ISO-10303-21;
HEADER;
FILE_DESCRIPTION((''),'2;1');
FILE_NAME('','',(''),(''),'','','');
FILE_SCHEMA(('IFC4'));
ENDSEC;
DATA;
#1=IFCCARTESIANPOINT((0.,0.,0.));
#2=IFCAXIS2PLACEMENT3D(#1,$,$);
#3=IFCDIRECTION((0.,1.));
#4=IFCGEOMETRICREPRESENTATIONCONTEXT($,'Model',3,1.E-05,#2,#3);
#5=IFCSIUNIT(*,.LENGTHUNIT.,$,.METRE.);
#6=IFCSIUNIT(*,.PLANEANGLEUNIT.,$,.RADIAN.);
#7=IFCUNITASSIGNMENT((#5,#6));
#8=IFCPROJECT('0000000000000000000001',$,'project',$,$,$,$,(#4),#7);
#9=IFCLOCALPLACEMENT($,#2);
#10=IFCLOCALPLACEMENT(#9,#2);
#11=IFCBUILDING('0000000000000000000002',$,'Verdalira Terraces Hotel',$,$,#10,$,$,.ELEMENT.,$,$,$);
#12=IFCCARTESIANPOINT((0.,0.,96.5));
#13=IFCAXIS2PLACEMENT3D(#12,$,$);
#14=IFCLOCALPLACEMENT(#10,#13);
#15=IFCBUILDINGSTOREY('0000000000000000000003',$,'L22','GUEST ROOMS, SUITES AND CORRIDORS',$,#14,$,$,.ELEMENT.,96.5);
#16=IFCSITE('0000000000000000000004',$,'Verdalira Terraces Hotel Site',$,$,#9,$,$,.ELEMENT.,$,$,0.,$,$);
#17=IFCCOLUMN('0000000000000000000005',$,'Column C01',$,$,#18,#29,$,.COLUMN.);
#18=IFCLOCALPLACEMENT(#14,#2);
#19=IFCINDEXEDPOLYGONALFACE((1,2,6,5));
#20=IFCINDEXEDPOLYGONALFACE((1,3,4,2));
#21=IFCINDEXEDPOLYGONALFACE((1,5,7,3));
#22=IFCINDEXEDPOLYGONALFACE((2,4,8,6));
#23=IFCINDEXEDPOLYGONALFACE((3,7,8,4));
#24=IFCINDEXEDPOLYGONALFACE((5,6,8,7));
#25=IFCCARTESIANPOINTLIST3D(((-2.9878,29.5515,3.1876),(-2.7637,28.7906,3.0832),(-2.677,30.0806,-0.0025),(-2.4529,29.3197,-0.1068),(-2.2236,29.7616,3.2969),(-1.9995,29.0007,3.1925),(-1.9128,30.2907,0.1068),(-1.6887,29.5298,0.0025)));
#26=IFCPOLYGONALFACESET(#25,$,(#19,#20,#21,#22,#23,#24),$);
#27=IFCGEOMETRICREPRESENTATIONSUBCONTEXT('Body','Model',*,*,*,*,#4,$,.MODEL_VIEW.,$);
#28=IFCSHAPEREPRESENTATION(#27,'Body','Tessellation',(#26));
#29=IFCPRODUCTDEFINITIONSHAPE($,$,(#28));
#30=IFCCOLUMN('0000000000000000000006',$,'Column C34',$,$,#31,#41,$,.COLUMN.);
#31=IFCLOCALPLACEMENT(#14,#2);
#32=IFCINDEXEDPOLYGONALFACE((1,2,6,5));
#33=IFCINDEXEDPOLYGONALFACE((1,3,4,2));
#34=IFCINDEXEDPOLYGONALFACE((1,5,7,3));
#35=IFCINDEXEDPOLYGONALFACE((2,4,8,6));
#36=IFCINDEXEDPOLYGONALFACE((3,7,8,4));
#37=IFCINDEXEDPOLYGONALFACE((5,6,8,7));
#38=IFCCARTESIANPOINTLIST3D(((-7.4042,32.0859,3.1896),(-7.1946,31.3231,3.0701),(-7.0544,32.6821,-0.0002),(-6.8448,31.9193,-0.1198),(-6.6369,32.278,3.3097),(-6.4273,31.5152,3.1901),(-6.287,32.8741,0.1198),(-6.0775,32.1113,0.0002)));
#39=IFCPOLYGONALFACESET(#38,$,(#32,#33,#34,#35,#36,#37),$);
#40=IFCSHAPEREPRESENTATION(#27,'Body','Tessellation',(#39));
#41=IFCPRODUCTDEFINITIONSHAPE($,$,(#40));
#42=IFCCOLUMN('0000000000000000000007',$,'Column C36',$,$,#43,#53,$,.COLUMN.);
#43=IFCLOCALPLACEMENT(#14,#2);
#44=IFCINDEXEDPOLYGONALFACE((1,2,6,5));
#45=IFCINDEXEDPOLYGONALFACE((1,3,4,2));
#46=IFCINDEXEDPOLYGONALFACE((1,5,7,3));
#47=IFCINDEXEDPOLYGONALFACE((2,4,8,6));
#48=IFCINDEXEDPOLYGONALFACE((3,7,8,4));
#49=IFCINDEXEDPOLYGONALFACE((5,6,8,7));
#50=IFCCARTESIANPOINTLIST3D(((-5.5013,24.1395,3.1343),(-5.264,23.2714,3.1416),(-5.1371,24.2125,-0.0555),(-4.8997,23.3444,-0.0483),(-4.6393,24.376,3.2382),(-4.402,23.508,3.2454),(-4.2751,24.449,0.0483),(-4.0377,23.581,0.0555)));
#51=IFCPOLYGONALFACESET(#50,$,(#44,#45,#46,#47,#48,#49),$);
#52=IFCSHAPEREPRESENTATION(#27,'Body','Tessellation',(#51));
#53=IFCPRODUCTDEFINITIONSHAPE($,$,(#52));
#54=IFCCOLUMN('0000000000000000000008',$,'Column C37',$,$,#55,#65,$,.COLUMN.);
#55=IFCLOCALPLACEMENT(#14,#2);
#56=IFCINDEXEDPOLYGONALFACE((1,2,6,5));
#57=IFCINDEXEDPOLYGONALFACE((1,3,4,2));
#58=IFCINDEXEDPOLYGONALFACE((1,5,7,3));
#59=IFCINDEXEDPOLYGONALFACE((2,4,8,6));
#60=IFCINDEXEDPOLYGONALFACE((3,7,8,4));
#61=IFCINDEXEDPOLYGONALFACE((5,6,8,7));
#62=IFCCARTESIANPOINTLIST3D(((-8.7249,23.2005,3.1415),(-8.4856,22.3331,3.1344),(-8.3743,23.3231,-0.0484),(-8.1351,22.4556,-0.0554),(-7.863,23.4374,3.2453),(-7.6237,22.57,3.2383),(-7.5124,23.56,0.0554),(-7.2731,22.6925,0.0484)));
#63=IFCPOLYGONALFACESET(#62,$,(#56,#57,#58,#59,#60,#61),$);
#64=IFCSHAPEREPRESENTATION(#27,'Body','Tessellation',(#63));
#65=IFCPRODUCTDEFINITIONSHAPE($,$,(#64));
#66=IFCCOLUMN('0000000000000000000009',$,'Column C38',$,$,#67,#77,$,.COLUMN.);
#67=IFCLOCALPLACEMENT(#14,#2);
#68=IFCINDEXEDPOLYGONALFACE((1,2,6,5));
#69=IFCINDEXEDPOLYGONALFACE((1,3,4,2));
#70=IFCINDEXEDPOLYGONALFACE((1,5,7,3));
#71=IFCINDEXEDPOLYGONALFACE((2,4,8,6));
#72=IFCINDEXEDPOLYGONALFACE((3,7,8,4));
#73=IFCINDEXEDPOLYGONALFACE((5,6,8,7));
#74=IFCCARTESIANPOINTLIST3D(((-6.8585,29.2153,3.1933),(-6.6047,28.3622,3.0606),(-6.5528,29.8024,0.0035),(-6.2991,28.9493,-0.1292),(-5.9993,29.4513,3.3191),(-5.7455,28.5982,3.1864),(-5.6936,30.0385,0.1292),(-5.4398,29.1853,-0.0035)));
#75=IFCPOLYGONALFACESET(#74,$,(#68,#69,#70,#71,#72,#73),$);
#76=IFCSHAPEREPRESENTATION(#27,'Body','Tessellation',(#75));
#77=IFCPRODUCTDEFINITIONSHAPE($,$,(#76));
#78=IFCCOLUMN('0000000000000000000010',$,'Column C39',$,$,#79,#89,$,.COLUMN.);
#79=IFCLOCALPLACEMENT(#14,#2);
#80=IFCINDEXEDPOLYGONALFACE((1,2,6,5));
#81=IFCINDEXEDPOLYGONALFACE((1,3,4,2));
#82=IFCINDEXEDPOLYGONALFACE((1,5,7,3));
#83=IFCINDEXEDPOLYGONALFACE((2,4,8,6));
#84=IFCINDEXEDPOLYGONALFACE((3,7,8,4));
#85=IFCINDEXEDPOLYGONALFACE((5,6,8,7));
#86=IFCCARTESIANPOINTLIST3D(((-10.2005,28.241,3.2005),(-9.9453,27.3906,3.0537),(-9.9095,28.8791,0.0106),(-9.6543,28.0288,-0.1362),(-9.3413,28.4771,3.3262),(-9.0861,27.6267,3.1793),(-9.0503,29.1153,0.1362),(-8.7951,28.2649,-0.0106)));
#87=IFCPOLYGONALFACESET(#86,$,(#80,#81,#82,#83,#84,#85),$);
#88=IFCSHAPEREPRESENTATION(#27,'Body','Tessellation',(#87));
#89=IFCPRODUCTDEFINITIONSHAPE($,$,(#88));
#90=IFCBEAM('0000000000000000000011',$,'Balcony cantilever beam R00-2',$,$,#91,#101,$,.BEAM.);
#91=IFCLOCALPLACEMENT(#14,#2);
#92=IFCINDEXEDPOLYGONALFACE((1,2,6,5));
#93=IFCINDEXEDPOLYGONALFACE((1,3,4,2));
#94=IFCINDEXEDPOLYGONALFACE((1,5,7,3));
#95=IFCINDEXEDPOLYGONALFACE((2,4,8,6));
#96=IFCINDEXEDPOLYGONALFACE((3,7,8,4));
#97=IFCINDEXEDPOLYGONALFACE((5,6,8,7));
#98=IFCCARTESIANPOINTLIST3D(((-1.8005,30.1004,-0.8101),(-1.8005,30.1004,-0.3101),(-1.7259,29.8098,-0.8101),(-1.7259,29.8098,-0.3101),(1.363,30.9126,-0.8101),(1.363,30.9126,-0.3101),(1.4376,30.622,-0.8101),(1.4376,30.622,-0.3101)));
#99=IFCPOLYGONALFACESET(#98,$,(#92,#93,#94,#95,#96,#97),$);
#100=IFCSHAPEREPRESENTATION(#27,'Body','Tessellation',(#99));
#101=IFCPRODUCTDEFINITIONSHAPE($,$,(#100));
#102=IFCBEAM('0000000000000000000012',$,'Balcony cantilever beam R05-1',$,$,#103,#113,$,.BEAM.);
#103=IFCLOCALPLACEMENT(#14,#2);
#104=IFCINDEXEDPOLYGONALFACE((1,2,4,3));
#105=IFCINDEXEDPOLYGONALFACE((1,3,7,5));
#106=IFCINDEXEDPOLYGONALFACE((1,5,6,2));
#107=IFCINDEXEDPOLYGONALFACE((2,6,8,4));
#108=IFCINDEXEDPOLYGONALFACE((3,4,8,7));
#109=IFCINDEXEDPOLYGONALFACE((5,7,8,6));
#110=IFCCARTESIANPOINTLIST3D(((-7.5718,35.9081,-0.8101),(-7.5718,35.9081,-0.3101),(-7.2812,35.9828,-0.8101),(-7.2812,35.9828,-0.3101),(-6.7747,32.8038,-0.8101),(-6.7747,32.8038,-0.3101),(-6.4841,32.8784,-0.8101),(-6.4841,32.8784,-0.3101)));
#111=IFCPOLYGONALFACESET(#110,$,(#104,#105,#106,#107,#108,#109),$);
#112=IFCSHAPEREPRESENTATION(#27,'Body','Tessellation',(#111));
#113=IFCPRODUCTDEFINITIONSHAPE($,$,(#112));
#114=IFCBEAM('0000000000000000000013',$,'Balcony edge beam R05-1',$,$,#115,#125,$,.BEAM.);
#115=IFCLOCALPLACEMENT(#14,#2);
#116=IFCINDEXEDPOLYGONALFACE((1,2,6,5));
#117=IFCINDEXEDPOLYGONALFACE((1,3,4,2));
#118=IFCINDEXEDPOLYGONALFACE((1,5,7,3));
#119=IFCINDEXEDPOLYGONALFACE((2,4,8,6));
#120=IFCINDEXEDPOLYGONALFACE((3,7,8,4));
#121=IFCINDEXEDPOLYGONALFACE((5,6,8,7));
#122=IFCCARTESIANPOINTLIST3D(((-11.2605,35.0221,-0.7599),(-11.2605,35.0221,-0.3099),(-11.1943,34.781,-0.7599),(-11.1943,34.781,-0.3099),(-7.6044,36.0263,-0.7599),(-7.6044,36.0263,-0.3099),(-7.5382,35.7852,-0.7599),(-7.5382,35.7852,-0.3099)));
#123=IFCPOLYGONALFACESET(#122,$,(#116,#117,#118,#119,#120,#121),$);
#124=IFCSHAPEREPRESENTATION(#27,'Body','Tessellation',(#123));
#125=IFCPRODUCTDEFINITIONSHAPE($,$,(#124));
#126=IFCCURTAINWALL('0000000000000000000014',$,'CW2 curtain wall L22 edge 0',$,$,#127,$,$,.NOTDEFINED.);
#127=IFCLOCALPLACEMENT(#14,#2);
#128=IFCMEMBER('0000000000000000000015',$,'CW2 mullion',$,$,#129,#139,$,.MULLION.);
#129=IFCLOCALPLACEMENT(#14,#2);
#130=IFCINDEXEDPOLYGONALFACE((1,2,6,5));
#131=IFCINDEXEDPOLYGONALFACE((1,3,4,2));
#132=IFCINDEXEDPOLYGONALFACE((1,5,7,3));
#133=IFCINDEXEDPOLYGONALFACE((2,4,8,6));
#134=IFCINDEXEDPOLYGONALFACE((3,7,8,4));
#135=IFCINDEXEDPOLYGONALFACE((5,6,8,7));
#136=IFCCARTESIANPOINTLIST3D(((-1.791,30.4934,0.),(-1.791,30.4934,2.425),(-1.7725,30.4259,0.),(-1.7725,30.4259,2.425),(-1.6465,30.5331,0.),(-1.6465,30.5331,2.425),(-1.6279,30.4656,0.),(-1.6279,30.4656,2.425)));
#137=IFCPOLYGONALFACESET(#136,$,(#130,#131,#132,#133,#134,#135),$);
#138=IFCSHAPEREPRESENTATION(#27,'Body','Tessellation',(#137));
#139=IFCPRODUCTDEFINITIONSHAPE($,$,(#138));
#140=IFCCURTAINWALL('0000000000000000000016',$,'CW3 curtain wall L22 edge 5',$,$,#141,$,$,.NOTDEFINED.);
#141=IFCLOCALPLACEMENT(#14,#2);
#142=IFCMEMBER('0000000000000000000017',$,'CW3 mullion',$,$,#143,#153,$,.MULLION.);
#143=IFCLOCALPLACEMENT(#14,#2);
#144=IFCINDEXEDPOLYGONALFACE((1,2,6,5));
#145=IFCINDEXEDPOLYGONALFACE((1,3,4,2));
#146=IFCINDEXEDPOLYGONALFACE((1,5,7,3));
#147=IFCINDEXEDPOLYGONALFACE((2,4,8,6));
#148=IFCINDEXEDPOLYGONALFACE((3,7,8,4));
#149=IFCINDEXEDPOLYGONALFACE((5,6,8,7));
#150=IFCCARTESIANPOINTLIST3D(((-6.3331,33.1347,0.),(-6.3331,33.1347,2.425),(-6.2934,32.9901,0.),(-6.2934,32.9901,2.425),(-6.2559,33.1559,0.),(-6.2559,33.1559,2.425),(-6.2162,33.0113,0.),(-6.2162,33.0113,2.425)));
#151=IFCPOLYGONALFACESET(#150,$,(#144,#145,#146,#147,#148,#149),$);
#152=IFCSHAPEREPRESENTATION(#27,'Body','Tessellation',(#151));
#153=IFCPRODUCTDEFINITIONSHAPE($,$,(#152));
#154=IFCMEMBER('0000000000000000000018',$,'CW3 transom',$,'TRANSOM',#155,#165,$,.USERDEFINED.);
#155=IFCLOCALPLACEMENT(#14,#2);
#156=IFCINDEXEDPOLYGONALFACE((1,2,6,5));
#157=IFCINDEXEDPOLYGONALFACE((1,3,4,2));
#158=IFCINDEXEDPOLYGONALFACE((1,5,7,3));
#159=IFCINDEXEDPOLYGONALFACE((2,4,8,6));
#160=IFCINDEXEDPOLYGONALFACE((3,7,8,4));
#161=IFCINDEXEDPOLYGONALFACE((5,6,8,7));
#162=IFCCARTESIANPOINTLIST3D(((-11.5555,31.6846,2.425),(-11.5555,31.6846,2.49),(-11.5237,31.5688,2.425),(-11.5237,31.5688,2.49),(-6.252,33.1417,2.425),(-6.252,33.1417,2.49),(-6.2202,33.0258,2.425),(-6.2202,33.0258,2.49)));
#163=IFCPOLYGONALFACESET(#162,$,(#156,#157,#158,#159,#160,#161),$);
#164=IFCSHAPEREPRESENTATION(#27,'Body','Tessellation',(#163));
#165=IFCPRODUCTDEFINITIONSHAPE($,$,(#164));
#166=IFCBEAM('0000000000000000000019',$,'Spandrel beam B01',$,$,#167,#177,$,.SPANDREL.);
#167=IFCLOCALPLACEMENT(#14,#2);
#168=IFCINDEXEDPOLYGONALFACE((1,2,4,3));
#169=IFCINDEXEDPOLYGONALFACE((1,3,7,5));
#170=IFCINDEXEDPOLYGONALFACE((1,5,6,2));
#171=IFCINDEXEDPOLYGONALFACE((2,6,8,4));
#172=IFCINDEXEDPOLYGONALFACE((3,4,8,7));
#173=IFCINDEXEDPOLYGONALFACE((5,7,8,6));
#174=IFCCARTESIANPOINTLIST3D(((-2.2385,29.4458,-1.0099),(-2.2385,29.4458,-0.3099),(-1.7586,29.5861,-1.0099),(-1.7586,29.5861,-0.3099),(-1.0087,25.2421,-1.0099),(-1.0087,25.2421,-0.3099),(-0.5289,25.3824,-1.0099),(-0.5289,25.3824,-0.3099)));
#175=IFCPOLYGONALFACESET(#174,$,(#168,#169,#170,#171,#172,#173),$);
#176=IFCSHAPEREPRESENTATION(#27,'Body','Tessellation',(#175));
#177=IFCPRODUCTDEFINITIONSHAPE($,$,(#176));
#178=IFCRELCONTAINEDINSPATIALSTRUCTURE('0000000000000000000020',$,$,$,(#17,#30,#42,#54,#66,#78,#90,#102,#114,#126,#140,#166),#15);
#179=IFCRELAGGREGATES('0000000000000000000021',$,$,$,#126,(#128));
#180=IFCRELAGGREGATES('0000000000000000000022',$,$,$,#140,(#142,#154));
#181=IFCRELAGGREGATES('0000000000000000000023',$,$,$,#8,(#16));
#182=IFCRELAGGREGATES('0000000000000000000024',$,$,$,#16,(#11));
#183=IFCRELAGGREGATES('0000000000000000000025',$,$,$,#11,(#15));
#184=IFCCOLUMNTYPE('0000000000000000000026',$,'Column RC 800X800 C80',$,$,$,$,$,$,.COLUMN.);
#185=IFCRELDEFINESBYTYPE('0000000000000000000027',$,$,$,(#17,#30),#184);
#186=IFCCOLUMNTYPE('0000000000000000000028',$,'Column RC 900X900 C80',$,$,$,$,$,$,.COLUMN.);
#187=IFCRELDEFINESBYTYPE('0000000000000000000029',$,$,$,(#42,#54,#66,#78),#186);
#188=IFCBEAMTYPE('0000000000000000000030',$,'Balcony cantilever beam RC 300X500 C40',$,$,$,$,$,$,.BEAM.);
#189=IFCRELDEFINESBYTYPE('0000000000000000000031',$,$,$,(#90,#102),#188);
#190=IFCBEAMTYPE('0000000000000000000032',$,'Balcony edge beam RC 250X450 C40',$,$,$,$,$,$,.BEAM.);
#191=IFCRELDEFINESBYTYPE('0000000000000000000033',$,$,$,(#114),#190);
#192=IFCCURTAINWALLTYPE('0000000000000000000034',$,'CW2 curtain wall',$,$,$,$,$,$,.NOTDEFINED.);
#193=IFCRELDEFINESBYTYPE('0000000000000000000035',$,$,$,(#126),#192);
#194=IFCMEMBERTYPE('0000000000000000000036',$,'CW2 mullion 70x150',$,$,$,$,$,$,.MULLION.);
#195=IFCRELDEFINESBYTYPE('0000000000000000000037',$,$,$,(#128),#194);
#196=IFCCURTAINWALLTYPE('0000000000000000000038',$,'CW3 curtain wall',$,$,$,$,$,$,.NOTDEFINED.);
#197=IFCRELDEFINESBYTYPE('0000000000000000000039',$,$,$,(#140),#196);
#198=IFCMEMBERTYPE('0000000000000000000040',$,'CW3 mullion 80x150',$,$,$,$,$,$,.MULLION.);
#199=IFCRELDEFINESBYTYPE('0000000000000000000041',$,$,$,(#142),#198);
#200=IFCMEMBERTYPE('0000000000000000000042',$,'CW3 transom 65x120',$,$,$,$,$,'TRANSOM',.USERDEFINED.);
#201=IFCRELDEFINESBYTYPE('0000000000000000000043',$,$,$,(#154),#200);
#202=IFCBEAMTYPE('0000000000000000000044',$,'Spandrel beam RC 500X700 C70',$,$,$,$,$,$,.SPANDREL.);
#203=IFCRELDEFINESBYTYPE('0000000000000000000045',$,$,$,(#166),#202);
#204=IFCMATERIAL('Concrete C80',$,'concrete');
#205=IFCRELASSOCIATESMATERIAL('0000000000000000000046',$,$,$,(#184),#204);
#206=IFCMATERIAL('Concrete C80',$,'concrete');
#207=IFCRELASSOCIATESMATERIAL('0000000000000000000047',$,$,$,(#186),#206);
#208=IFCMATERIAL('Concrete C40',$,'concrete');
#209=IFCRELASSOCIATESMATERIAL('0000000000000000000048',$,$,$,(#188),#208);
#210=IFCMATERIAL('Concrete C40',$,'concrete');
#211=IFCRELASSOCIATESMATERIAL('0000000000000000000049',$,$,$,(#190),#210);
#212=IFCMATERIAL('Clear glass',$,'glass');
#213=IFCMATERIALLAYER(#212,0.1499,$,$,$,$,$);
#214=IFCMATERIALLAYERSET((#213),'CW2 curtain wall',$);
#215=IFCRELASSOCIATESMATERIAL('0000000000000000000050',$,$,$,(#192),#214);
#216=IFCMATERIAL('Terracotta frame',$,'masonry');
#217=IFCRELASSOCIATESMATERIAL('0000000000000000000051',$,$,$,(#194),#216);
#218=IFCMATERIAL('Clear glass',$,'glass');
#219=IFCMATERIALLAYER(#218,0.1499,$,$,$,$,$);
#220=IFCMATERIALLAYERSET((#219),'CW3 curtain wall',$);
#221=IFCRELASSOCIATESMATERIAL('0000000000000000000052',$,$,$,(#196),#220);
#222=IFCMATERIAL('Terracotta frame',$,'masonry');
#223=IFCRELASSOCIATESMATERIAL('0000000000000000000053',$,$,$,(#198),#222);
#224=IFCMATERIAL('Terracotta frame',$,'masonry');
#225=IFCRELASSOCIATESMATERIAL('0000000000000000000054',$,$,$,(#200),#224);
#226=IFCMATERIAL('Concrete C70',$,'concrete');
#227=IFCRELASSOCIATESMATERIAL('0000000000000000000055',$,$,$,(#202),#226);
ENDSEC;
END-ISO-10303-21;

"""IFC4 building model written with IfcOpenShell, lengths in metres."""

from ifc_helpers import new_model, si_unit, direction, frame, origin, origin_2d, place, context, subcontext, project, spatial, rectangle, extrude, material, layer, layer_set, material_profile, profile_set, type_object, element, aggregate, save


model = new_model("IFC4")

# Units and contexts
model_context = context("Model", 3, precision=1e-05, world=origin(), true_north=direction((0.0, 1.0)))
body_context = subcontext(model_context, "Body", "Model", "MODEL_VIEW")
ifc_project = project(units=[si_unit("LENGTHUNIT", "METRE"), si_unit("PLANEANGLEUNIT", "RADIAN")], contexts=[model_context])

# Site, building, storey
site_placement = place(None, origin())
site = spatial("IfcSite", under=ifc_project, at=site_placement, Name="Verdalira Terraces Hotel Site", CompositionType="ELEMENT", RefElevation=0.0)
building_placement = place(site_placement, origin())
building = spatial("IfcBuilding", under=site, at=building_placement, Name="Verdalira Terraces Hotel", CompositionType="ELEMENT")
storey_placement = place(building_placement, frame((0.0, 0.0, 96.5)))
storey = spatial("IfcBuildingStorey", under=building, at=storey_placement, Name="L22", Description="GUEST ROOMS, SUITES AND CORRIDORS", CompositionType="ELEMENT", Elevation=96.5)

# Columns
ifc_material_1 = material(Name="Concrete C80", Category="concrete")
ifc_material_profile_1 = material_profile(ifc_material_1, rectangle(XDim=0.8, YDim=0.8, at=origin_2d()), Name="RC 800X800")
ifc_profile_set_1 = profile_set([ifc_material_profile_1], Name="Concrete C80")
column_type_1 = type_object("IfcColumnType", Name="Column RC 800X800 C80", PredefinedType="COLUMN", material=ifc_profile_set_1)
column_1_placement = place(storey_placement, frame((-2.1829, 29.8052, 0.0), z_axis=(-0.095675, -0.162865, 0.981999), x_axis=(-0.280143, 0.951055, 0.130439)))
element("IfcColumn", 1, at=column_1_placement, inside=storey, type_object=column_type_1, Name="Column C01", PredefinedType="COLUMN", context=body_context, shape_type="SweptSolid", body=[
    extrude(rectangle(XDim=0.8, YDim=0.8, at=origin_2d()), origin(), (0.0, 0.0, 1.0), 3.2485),
])
column_2_placement = place(storey_placement, frame((-6.5659, 32.3967, 0.0), z_axis=(-0.107186, -0.182658, 0.977316), x_axis=(-0.959108, -0.239998, -0.150044)))
element("IfcColumn", 2, at=column_2_placement, inside=storey, type_object=column_type_1, Name="Column C34", PredefinedType="COLUMN", context=body_context, shape_type="SweptSolid", body=[
    extrude(rectangle(XDim=0.8, YDim=0.8, at=origin_2d()), origin(), (0.0, 0.0, 1.0), 3.2639),
])
ifc_material_2 = material(Name="Concrete C80", Category="concrete")
ifc_material_profile_2 = material_profile(ifc_material_2, rectangle(XDim=0.8999, YDim=0.8999, at=origin_2d()), Name="RC 900X900")
ifc_profile_set_2 = profile_set([ifc_material_profile_2], Name="Concrete C80")
column_type_2 = type_object("IfcColumnType", Name="Column RC 900X900 C80", PredefinedType="COLUMN", material=ifc_profile_set_2)
for number, where, z_axis, x_axis, name in (
    (3, (-4.5874, 23.8967, 0.0), (-0.113423, -0.02273, 0.993287), (-0.263732, 0.964563, -0.008043), "Column C36"),
    (4, (-7.8237, 23.0078, 0.0), (-0.109166, -0.038163, 0.993291), (-0.265885, 0.963973, 0.007814), "Column C37"),
):
    element("IfcColumn", number, at=place(storey_placement, frame(where, z_axis=z_axis, x_axis=x_axis)), inside=storey, type_object=column_type_2, Name=name, PredefinedType="COLUMN", context=body_context, shape_type="SweptSolid", body=[
        extrude(rectangle(XDim=0.8999, YDim=0.8999, at=origin_2d()), origin(), (0.0, 0.0, 1.0), 3.2114),
    ])
column_3_placement = place(storey_placement, frame((-5.9963, 29.4939, 0.0), z_axis=(-0.093822, -0.180226, 0.97914), x_axis=(-0.281995, 0.948014, 0.147476)))
element("IfcColumn", 5, at=column_3_placement, inside=storey, type_object=column_type_2, Name="Column C38", PredefinedType="COLUMN", context=body_context, shape_type="SweptSolid", body=[
    extrude(rectangle(XDim=0.8999, YDim=0.8999, at=origin_2d()), origin(), (0.0, 0.0, 1.0), 3.2578),
])
column_4_placement = place(storey_placement, frame((-9.3523, 28.572, 0.0), z_axis=(-0.089101, -0.195394, 0.976669), x_axis=(-0.283555, 0.94497, 0.163183)))
element("IfcColumn", 6, at=column_4_placement, inside=storey, type_object=column_type_2, Name="Column C39", PredefinedType="COLUMN", context=body_context, shape_type="SweptSolid", body=[
    extrude(rectangle(XDim=0.8999, YDim=0.8999, at=origin_2d()), origin(), (0.0, 0.0, 1.0), 3.2661),
])

# Beams
ifc_material_3 = material(Name="Concrete C40", Category="concrete")
ifc_material_profile_3 = material_profile(ifc_material_3, rectangle(XDim=0.3, YDim=0.5, at=origin_2d()), Name="RC 300X500")
ifc_profile_set_3 = profile_set([ifc_material_profile_3], Name="Concrete C40")
beam_type_1 = type_object("IfcBeamType", Name="Balcony cantilever beam RC 300X500 C40", PredefinedType="BEAM", material=ifc_profile_set_3)
beam_1_placement = place(storey_placement, frame((-1.7632, 29.9551, -0.5601), z_axis=(0.968584, 0.248686, 0.0), x_axis=(-0.248686, 0.968584, 0.0)))
element("IfcBeam", 7, at=beam_1_placement, inside=storey, type_object=beam_type_1, Name="Balcony cantilever beam R00-2", PredefinedType="BEAM", context=body_context, shape_type="SweptSolid", body=[
    extrude(rectangle(XDim=0.3, YDim=0.5, at=origin_2d()), origin(), (0.0, 0.0, 1.0), 3.2661),
])
beam_2_placement = place(storey_placement, frame((-6.6294, 32.8411, -0.5601), z_axis=(-0.248696, 0.968582, 0.0), x_axis=(-0.968582, -0.248696, 0.0)))
element("IfcBeam", 8, at=beam_2_placement, inside=storey, type_object=beam_type_1, Name="Balcony cantilever beam R05-1", PredefinedType="BEAM", context=body_context, shape_type="SweptSolid", body=[
    extrude(rectangle(XDim=0.3, YDim=0.5, at=origin_2d()), origin(), (0.0, 0.0, 1.0), 3.2051),
])
ifc_material_4 = material(Name="Concrete C40", Category="concrete")
ifc_material_profile_4 = material_profile(ifc_material_4, rectangle(XDim=0.25, YDim=0.45, at=origin_2d()), Name="RC 250X450")
ifc_profile_set_4 = profile_set([ifc_material_profile_4], Name="Concrete C40")
beam_type_2 = type_object("IfcBeamType", Name="Balcony edge beam RC 250X450 C40", PredefinedType="BEAM", material=ifc_profile_set_4)
beam_3_placement = place(storey_placement, frame((-7.5713, 35.9058, -0.5349), z_axis=(-0.96429, -0.26485, 0.0), x_axis=(0.26485, -0.96429, 0.0)))
element("IfcBeam", 9, at=beam_3_placement, inside=storey, type_object=beam_type_2, Name="Balcony edge beam R05-1", PredefinedType="BEAM", context=body_context, shape_type="SweptSolid", body=[
    extrude(rectangle(XDim=0.25, YDim=0.45, at=origin_2d()), origin(), (0.0, 0.0, 1.0), 3.7915),
])

# Curtain wall, member
ifc_material_5 = material(Name="Clear glass", Category="glass")
ifc_layer_1 = layer(ifc_material_5, 0.1499)
ifc_layer_set_1 = layer_set([ifc_layer_1], Name="CW2 curtain wall")
curtain_wall_type_1 = type_object("IfcCurtainWallType", Name="CW2 curtain wall", PredefinedType="NOTDEFINED", material=ifc_layer_set_1)
curtain_wall_1_placement = place(storey_placement, origin())
curtain_wall_1 = element("IfcCurtainWall", 10, at=curtain_wall_1_placement, inside=storey, type_object=curtain_wall_type_1, Name="CW2 curtain wall L22 edge 0", PredefinedType="NOTDEFINED")
ifc_material_6 = material(Name="Terracotta frame", Category="masonry")
ifc_material_profile_5 = material_profile(ifc_material_6, rectangle(XDim=0.0701, YDim=0.1499, at=origin_2d()), Name="MU 70x150")
ifc_profile_set_5 = profile_set([ifc_material_profile_5], Name="Terracotta frame")
member_type_1 = type_object("IfcMemberType", Name="CW2 mullion 70x150", PredefinedType="MULLION", material=ifc_profile_set_5)
member_1_placement = place(storey_placement, frame((-1.7095, 30.4795, 0.0), z_axis=(0.0, 0.0, 1.0), x_axis=(-0.264883, 0.964281, 0.0)))
member_1 = element("IfcMember", 11, at=member_1_placement, type_object=member_type_1, Name="CW2 mullion", PredefinedType="MULLION", context=body_context, shape_type="SweptSolid", body=[
    extrude(rectangle(XDim=0.0701, YDim=0.1499, at=origin_2d()), origin(), (0.0, 0.0, 1.0), 2.425),
])

# Curtain wall, members
ifc_material_7 = material(Name="Clear glass", Category="glass")
ifc_layer_2 = layer(ifc_material_7, 0.1499)
ifc_layer_set_2 = layer_set([ifc_layer_2], Name="CW3 curtain wall")
curtain_wall_type_2 = type_object("IfcCurtainWallType", Name="CW3 curtain wall", PredefinedType="NOTDEFINED", material=ifc_layer_set_2)
curtain_wall_2_placement = place(storey_placement, origin())
curtain_wall_2 = element("IfcCurtainWall", 12, at=curtain_wall_2_placement, inside=storey, type_object=curtain_wall_type_2, Name="CW3 curtain wall L22 edge 5", PredefinedType="NOTDEFINED")
ifc_material_8 = material(Name="Terracotta frame", Category="masonry")
ifc_material_profile_6 = material_profile(ifc_material_8, rectangle(XDim=0.0801, YDim=0.1499, at=origin_2d()), Name="MU 80x150")
ifc_profile_set_6 = profile_set([ifc_material_profile_6], Name="Terracotta frame")
member_type_2 = type_object("IfcMemberType", Name="CW3 mullion 80x150", PredefinedType="MULLION", material=ifc_profile_set_6)
member_2_placement = place(storey_placement, frame((-6.2747, 33.073, 0.0), z_axis=(0.0, 0.0, 1.0), x_axis=(-0.964281, -0.264883, 0.0)))
member_2 = element("IfcMember", 13, at=member_2_placement, type_object=member_type_2, Name="CW3 mullion", PredefinedType="MULLION", context=body_context, shape_type="SweptSolid", body=[
    extrude(rectangle(XDim=0.0801, YDim=0.1499, at=origin_2d()), origin(), (0.0, 0.0, 1.0), 2.425),
])
ifc_material_9 = material(Name="Terracotta frame", Category="masonry")
ifc_material_profile_7 = material_profile(ifc_material_9, rectangle(XDim=0.1201, YDim=0.0649, at=origin_2d()), Name="TR 65x120")
ifc_profile_set_7 = profile_set([ifc_material_profile_7], Name="Terracotta frame")
member_type_3 = type_object("IfcMemberType", Name="CW3 transom 65x120", ElementType="TRANSOM", PredefinedType="USERDEFINED", material=ifc_profile_set_7)
member_3_placement = place(storey_placement, frame((-6.2361, 33.0837, 2.4575), z_axis=(-0.964271, -0.264916, 0.0), x_axis=(0.264916, -0.964271, 0.0)))
member_3 = element("IfcMember", 14, at=member_3_placement, type_object=member_type_3, Name="CW3 transom", ObjectType="TRANSOM", PredefinedType="USERDEFINED", context=body_context, shape_type="SweptSolid", body=[
    extrude(rectangle(XDim=0.1201, YDim=0.0649, at=origin_2d()), origin(), (0.0, 0.0, 1.0), 5.5),
])

# Beam
ifc_material_10 = material(Name="Concrete C70", Category="concrete")
ifc_material_profile_8 = material_profile(ifc_material_10, rectangle(XDim=0.5, YDim=0.7, at=origin_2d()), Name="RC 500X700")
ifc_profile_set_8 = profile_set([ifc_material_profile_8], Name="Concrete C70")
beam_type_3 = type_object("IfcBeamType", Name="Spandrel beam RC 500X700 C70", PredefinedType="SPANDREL", material=ifc_profile_set_8)
beam_4_placement = place(storey_placement, frame((-0.7688, 25.3123, -0.6599), z_axis=(-0.280775, 0.959774, 0.0), x_axis=(-0.959774, -0.280775, 0.0)))
element("IfcBeam", 15, at=beam_4_placement, inside=storey, type_object=beam_type_3, Name="Spandrel beam B01", PredefinedType="SPANDREL", context=body_context, shape_type="SweptSolid", body=[
    extrude(rectangle(XDim=0.5, YDim=0.7, at=origin_2d()), origin(), (0.0, 0.0, 1.0), 4.3799),
])

aggregate(curtain_wall_1, [member_1])
aggregate(curtain_wall_2, [member_2, member_3])

save(model, "model.ifc")
